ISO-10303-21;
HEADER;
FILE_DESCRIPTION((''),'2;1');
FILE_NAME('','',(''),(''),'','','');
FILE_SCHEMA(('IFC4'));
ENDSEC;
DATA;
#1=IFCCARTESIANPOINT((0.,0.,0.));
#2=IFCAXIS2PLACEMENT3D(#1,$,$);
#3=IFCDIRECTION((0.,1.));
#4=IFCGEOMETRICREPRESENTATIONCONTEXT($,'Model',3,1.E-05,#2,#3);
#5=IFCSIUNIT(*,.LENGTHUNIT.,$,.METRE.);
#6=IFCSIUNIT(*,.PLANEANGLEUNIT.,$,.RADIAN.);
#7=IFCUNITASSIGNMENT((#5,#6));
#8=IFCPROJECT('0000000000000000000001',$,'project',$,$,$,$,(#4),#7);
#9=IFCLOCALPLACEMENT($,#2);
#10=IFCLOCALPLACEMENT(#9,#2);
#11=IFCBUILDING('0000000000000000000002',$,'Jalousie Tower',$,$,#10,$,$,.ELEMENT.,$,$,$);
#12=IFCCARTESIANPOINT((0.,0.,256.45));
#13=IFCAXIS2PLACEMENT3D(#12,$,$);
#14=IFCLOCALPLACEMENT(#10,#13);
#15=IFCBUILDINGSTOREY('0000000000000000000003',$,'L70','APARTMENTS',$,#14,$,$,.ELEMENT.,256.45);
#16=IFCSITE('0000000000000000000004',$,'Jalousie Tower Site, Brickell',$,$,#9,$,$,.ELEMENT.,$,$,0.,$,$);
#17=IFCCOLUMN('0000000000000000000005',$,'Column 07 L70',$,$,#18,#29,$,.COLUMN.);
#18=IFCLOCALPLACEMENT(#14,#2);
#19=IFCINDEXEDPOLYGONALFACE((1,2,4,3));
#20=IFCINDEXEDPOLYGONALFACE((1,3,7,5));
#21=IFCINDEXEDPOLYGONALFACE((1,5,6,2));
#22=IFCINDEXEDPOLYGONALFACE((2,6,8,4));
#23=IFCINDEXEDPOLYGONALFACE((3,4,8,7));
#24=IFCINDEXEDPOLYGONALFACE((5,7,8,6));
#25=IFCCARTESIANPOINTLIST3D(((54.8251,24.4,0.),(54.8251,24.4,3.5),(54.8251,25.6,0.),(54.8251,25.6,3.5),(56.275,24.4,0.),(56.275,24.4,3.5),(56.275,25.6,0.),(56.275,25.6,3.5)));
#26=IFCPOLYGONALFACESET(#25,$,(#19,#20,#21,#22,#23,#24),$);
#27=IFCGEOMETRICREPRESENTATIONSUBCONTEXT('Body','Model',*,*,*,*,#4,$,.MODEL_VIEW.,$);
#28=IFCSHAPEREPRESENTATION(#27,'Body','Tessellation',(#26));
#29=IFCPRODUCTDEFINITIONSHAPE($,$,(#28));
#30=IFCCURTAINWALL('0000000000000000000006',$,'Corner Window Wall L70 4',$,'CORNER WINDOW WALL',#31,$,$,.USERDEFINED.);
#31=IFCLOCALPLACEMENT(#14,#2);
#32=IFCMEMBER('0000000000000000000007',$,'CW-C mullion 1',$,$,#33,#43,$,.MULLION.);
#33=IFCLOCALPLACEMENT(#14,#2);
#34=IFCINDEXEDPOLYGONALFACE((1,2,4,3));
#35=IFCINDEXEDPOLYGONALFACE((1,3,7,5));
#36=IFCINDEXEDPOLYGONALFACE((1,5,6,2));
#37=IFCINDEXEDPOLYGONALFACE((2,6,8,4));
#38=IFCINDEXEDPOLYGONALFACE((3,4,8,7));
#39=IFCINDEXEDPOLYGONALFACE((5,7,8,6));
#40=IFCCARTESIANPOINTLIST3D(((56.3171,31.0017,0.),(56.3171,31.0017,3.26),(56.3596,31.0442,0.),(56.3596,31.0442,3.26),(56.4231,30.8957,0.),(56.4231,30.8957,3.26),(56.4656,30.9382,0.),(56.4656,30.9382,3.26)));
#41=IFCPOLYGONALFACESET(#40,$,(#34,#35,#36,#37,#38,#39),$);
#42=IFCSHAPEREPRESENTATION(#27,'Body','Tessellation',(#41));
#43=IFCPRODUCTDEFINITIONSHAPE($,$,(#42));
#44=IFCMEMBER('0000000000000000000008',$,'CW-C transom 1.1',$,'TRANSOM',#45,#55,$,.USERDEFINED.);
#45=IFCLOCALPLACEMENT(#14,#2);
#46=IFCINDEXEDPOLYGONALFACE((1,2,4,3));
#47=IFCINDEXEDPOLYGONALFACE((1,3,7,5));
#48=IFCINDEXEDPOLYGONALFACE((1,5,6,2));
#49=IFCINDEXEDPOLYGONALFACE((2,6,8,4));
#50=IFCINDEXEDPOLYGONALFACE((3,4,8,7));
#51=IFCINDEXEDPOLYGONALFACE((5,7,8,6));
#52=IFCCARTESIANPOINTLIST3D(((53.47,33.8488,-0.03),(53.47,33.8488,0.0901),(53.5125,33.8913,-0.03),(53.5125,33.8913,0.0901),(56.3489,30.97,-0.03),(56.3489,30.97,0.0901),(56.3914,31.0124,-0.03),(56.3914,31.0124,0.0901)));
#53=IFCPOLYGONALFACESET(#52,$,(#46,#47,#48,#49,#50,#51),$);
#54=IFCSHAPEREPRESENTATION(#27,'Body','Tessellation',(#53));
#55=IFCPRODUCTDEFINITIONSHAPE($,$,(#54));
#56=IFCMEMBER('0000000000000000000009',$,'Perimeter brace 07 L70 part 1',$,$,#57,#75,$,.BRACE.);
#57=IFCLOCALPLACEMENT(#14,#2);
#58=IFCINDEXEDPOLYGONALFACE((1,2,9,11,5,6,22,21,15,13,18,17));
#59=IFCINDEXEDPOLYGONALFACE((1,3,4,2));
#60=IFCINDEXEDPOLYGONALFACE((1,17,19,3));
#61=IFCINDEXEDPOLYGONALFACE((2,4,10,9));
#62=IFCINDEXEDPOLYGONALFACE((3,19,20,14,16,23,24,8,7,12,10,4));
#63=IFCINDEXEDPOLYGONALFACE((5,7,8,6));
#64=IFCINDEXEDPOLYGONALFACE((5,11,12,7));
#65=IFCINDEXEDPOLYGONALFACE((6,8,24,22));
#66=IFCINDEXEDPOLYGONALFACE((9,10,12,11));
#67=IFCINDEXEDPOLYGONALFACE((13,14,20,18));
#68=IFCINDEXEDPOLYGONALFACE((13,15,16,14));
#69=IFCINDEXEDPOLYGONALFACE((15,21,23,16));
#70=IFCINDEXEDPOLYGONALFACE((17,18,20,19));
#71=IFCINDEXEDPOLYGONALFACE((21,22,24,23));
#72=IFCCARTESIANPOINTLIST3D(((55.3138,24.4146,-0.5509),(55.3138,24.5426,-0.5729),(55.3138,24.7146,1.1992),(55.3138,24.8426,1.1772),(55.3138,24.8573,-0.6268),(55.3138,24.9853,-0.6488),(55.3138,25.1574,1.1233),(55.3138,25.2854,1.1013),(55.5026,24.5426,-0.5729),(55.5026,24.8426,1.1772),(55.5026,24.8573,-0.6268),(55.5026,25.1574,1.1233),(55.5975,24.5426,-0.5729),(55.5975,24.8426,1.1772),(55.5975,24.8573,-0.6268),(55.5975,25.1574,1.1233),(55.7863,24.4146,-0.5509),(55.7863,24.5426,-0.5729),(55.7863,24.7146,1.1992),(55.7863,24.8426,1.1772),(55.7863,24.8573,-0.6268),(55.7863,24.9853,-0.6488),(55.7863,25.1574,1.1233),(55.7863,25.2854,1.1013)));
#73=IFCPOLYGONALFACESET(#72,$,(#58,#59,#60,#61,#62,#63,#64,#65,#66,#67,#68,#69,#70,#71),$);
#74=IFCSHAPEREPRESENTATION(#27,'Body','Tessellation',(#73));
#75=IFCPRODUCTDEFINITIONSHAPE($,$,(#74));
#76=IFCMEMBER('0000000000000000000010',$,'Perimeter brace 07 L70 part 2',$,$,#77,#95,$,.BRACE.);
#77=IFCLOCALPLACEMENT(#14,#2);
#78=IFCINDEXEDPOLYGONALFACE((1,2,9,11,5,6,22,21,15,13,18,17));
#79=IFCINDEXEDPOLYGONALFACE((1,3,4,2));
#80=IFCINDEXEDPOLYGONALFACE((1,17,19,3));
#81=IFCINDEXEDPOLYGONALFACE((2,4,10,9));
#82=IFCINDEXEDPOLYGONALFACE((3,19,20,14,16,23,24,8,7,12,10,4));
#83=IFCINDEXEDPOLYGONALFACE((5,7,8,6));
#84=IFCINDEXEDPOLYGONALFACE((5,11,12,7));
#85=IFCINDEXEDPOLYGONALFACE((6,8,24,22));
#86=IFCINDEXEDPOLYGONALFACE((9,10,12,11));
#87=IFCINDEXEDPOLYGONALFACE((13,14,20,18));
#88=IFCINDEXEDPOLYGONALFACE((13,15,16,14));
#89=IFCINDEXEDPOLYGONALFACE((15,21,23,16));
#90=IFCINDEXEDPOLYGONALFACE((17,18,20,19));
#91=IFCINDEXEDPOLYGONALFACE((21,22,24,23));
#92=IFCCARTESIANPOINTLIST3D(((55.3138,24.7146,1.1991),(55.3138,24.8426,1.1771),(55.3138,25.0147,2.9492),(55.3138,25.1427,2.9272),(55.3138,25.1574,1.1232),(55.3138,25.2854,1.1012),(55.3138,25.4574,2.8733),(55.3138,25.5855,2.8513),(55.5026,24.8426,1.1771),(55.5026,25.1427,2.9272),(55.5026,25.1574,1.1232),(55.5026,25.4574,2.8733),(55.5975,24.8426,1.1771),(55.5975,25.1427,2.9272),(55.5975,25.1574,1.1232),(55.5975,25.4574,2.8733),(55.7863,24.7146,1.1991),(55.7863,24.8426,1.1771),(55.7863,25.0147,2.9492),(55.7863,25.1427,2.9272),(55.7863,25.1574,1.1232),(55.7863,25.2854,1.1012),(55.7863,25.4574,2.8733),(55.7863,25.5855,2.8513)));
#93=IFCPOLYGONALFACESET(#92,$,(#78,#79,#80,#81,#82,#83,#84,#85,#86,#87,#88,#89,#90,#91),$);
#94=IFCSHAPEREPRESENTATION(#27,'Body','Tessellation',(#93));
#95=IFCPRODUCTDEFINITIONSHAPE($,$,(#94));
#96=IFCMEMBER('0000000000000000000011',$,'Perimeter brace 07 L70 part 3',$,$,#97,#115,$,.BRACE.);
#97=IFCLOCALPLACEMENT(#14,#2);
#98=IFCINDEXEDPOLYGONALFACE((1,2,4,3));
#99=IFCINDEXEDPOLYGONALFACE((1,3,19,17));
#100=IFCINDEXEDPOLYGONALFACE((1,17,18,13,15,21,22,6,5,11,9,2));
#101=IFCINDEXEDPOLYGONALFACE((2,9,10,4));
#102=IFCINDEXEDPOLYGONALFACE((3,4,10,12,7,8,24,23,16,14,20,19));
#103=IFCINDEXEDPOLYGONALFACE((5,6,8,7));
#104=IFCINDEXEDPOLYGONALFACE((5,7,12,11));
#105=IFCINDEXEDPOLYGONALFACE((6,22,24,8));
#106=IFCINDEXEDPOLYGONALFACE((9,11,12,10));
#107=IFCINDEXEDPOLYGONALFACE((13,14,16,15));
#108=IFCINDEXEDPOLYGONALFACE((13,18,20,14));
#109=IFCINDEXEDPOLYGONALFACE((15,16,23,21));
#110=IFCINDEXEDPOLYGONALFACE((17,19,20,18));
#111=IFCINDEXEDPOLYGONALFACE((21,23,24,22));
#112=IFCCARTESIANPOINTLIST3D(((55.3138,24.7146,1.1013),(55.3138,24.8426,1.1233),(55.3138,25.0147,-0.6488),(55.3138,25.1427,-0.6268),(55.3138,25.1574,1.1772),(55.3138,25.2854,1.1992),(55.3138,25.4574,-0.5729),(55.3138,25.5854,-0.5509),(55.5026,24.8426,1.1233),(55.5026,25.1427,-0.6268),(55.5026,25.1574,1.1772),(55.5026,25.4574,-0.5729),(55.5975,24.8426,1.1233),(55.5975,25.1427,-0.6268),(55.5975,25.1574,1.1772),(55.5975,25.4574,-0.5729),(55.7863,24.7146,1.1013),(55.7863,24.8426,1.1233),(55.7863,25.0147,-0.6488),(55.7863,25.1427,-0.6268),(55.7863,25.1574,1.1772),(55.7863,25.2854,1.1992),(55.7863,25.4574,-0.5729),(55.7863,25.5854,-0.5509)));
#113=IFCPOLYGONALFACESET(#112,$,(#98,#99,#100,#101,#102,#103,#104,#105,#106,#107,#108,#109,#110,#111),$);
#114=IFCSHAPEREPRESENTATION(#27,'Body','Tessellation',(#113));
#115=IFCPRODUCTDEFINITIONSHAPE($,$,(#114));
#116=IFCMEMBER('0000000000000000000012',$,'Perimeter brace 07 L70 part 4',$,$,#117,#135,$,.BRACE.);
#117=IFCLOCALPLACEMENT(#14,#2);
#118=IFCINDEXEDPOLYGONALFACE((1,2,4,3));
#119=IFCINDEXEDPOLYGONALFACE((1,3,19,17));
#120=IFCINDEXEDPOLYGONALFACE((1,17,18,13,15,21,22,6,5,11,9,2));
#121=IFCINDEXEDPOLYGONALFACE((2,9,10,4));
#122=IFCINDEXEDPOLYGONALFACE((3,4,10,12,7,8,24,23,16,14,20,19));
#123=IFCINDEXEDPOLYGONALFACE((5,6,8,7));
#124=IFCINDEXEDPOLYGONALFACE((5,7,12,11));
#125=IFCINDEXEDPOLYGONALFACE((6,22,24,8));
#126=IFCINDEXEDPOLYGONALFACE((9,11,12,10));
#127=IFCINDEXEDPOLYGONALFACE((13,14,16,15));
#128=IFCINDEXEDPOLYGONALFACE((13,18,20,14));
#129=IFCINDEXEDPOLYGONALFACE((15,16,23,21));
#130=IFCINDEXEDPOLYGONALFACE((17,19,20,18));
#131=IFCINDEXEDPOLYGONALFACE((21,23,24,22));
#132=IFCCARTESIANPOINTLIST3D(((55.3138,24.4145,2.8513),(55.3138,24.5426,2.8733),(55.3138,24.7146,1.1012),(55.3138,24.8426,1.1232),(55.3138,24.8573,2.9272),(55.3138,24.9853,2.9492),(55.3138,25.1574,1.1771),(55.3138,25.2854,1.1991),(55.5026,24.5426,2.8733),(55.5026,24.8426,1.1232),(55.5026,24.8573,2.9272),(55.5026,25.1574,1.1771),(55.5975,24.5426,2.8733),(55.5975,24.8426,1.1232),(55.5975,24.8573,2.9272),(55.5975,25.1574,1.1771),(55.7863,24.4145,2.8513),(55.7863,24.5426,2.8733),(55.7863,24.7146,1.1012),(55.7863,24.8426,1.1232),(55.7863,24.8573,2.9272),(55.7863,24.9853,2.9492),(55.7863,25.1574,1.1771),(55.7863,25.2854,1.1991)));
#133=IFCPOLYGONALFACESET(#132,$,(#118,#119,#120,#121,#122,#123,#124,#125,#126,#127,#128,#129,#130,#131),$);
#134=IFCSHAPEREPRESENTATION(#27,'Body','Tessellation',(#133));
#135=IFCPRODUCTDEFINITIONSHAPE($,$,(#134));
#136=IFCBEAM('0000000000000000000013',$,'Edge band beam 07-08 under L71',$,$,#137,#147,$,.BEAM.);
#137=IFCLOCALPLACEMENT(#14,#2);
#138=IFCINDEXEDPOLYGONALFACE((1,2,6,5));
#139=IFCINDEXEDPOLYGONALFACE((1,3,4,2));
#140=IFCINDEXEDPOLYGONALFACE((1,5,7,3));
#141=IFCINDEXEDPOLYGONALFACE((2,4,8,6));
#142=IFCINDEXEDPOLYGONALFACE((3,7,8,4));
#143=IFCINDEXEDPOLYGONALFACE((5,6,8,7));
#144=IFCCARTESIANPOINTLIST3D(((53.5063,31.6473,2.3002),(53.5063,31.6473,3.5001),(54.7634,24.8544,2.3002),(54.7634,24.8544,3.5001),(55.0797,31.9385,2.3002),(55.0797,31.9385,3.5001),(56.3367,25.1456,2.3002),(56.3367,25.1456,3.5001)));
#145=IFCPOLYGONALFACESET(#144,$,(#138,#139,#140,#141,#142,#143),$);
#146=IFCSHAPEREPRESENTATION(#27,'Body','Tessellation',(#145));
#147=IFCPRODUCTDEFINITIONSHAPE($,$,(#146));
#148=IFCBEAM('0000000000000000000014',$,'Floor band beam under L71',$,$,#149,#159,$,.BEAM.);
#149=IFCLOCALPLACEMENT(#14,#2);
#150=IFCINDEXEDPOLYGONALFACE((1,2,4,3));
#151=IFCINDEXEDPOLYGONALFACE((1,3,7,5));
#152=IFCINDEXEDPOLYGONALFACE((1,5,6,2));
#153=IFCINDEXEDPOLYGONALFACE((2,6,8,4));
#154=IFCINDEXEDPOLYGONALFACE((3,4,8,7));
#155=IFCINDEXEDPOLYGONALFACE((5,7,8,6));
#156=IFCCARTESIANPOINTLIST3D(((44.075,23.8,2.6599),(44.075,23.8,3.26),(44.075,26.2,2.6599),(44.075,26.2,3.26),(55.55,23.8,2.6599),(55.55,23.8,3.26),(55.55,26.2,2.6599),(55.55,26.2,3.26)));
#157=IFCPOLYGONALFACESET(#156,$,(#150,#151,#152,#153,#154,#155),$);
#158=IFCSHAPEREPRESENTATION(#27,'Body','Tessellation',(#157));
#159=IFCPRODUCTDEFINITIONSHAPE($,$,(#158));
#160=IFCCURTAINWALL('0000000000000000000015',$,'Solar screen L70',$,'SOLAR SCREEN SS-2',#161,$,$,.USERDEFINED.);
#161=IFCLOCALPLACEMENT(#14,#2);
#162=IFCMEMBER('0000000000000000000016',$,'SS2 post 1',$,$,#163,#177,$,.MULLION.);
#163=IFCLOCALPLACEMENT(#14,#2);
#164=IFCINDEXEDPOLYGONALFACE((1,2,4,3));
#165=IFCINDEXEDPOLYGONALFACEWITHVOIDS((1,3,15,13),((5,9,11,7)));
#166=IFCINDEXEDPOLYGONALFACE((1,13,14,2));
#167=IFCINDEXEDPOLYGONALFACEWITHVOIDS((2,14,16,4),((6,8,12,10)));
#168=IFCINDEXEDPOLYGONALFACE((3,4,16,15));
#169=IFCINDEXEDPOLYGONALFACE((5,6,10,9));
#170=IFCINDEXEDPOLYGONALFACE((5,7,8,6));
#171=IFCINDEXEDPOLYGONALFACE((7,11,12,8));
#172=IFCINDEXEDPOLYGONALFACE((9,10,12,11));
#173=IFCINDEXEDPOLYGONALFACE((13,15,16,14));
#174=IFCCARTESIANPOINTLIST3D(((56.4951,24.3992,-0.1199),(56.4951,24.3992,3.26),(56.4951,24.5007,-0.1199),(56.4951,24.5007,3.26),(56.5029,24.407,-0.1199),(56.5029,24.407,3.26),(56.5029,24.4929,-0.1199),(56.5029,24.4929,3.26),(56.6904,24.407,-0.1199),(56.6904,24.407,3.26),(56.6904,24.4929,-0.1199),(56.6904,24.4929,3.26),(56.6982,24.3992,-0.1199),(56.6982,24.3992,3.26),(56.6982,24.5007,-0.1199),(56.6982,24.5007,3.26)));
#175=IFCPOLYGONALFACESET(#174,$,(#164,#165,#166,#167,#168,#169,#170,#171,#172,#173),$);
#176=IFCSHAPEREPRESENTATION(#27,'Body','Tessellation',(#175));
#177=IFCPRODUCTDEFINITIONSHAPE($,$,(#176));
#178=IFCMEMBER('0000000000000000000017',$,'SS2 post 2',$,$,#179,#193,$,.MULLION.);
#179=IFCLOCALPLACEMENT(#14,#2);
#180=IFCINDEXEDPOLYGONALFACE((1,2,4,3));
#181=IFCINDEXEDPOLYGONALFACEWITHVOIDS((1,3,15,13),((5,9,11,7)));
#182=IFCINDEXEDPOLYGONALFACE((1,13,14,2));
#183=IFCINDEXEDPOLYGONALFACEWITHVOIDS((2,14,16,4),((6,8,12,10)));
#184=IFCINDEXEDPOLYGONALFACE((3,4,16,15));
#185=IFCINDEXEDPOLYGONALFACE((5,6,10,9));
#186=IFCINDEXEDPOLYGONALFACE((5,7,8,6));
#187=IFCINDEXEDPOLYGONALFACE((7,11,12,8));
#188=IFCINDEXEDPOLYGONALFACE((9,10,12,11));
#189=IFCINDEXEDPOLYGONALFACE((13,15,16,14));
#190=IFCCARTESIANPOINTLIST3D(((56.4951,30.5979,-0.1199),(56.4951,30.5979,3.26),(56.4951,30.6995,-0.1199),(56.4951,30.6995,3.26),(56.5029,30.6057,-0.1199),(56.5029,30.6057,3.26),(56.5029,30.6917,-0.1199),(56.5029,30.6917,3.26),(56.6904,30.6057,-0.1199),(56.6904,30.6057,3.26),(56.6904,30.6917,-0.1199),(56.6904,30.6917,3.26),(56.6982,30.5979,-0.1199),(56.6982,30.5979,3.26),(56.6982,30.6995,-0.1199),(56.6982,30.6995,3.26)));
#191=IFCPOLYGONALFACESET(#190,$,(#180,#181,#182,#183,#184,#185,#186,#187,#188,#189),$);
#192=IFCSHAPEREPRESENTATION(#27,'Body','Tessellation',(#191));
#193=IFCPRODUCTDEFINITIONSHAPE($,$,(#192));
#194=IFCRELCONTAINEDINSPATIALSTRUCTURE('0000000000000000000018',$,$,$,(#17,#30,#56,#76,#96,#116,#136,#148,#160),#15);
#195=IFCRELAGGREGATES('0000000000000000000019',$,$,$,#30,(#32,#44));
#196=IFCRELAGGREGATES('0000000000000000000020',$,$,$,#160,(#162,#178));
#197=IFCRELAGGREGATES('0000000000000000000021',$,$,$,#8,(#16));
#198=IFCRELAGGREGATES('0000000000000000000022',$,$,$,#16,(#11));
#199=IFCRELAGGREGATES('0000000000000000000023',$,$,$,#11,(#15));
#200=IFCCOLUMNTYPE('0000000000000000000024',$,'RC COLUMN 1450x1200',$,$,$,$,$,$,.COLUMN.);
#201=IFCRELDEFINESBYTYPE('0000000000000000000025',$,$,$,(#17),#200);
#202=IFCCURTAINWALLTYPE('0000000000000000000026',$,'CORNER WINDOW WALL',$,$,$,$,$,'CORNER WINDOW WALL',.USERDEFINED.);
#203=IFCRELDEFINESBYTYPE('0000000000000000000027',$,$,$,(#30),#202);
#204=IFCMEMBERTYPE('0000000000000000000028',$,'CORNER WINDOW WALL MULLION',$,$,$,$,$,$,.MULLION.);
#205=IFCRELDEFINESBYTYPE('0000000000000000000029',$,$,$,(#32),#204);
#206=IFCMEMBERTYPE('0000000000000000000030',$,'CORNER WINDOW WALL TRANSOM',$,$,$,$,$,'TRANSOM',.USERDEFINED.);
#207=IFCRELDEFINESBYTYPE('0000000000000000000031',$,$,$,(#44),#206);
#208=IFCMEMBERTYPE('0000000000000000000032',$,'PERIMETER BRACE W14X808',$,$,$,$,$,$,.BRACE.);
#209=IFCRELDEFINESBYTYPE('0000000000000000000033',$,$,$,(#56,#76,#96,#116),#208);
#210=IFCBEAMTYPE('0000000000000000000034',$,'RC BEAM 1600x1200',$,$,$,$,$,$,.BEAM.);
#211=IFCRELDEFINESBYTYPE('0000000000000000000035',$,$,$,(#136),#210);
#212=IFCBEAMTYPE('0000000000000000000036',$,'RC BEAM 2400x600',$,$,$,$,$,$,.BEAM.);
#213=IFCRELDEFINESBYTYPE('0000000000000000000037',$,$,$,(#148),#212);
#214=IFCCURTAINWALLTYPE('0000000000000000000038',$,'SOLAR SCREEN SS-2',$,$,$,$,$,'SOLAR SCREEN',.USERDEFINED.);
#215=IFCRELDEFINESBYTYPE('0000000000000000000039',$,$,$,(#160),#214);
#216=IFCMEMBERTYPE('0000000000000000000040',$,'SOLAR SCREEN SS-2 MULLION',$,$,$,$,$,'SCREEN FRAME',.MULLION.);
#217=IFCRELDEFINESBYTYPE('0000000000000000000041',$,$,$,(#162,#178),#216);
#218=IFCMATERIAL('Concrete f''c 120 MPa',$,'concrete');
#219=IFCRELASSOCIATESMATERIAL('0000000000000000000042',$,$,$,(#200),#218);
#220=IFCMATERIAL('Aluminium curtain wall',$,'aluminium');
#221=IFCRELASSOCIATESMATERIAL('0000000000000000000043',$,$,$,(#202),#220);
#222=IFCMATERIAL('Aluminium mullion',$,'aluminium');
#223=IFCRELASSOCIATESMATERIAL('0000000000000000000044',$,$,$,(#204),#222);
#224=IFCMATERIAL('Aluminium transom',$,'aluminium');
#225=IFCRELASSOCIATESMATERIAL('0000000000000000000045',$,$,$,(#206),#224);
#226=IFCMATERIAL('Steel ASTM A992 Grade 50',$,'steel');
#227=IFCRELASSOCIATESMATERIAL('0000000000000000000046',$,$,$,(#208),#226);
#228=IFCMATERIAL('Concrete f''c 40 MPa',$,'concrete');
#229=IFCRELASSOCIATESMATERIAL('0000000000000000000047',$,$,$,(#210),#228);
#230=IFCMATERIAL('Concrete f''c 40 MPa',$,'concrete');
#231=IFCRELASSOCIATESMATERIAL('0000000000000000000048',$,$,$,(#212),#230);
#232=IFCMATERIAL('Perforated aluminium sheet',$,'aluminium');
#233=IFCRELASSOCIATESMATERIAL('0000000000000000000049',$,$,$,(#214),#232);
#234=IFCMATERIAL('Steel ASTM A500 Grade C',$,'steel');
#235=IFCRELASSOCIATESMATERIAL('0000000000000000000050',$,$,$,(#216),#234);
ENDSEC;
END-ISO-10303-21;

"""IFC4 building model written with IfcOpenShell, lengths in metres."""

from ifc_helpers import new_model, si_unit, direction, frame, origin, origin_2d, place, context, subcontext, project, spatial, rectangle, hollow_rectangle, i_section, extrude, material, material_profile, profile_set, type_object, element, aggregate, save


model = new_model("IFC4")

# Units and contexts
model_context = context("Model", 3, precision=1e-05, world=origin(), true_north=direction((0.0, 1.0)))
body_context = subcontext(model_context, "Body", "Model", "MODEL_VIEW")
ifc_project = project(units=[si_unit("LENGTHUNIT", "METRE"), si_unit("PLANEANGLEUNIT", "RADIAN")], contexts=[model_context])

# Site, building, storey
site_placement = place(None, origin())
site = spatial("IfcSite", under=ifc_project, at=site_placement, Name="Jalousie Tower Site, Brickell", CompositionType="ELEMENT", RefElevation=0.0)
building_placement = place(site_placement, origin())
building = spatial("IfcBuilding", under=site, at=building_placement, Name="Jalousie Tower", CompositionType="ELEMENT")
storey_placement = place(building_placement, frame((0.0, 0.0, 256.45)))
storey = spatial("IfcBuildingStorey", under=building, at=storey_placement, Name="L70", Description="APARTMENTS", CompositionType="ELEMENT", Elevation=256.45)

# Column
ifc_material_1 = material(Name="Concrete f'c 120 MPa", Category="concrete")
ifc_material_profile_1 = material_profile(ifc_material_1, rectangle(XDim=1.45, YDim=1.2, at=origin_2d()), Name="RC 1450x1200")
ifc_profile_set_1 = profile_set([ifc_material_profile_1], Name="Concrete f'c 120 MPa")
column_type = type_object("IfcColumnType", Name="RC COLUMN 1450x1200", PredefinedType="COLUMN", material=ifc_profile_set_1)
column_placement = place(storey_placement, frame((55.55, 25.0, 0.0), z_axis=(0.0, 0.0, 1.0), x_axis=(1.0, 0.0, 0.0)))
element("IfcColumn", 1, at=column_placement, inside=storey, type_object=column_type, Name="Column 07 L70", PredefinedType="COLUMN", context=body_context, shape_type="SweptSolid", body=[
    extrude(rectangle(XDim=1.45, YDim=1.2, at=origin_2d()), origin(), (0.0, 0.0, 1.0), 3.5),
])

# Curtain wall, members
ifc_material_2 = material(Name="Aluminium curtain wall", Category="aluminium")
curtain_wall_type_1 = type_object("IfcCurtainWallType", Name="CORNER WINDOW WALL", ElementType="CORNER WINDOW WALL", PredefinedType="USERDEFINED", material=ifc_material_2)
curtain_wall_1_placement = place(storey_placement, origin())
curtain_wall_1 = element("IfcCurtainWall", 2, at=curtain_wall_1_placement, inside=storey, type_object=curtain_wall_type_1, Name="Corner Window Wall L70 4", ObjectType="CORNER WINDOW WALL", PredefinedType="USERDEFINED")
ifc_material_3 = material(Name="Aluminium mullion", Category="aluminium")
ifc_material_profile_2 = material_profile(ifc_material_3, rectangle(XDim=0.0601, YDim=0.1499, at=origin_2d()), Name="MULLION 60x150")
ifc_profile_set_2 = profile_set([ifc_material_profile_2], Name="Aluminium mullion")
member_type_1 = type_object("IfcMemberType", Name="CORNER WINDOW WALL MULLION", PredefinedType="MULLION", material=ifc_profile_set_2)
member_1_placement = place(storey_placement, frame((56.3914, 30.97, 0.0), z_axis=(0.0, 0.0, 1.0), x_axis=(-0.707107, -0.707107, 0.0)))
member_1 = element("IfcMember", 3, at=member_1_placement, type_object=member_type_1, Name="CW-C mullion 1", PredefinedType="MULLION", context=body_context, shape_type="SweptSolid", body=[
    extrude(rectangle(XDim=0.0601, YDim=0.1499, at=origin_2d()), origin(), (0.0, 0.0, 1.0), 3.26),
])
ifc_material_4 = material(Name="Aluminium transom", Category="aluminium")
ifc_material_profile_3 = material_profile(ifc_material_4, rectangle(XDim=0.0601, YDim=0.1201, at=origin_2d()), Name="TRANSOM 60x120")
ifc_profile_set_3 = profile_set([ifc_material_profile_3], Name="Aluminium transom")
member_type_2 = type_object("IfcMemberType", Name="CORNER WINDOW WALL TRANSOM", ElementType="TRANSOM", PredefinedType="USERDEFINED", material=ifc_profile_set_3)
member_2_placement = place(storey_placement, frame((56.3701, 30.9912, 0.03), z_axis=(-0.707107, 0.707107, 0.0), x_axis=(-0.707107, -0.707107, 0.0)))
member_2 = element("IfcMember", 4, at=member_2_placement, type_object=member_type_2, Name="CW-C transom 1.1", ObjectType="TRANSOM", PredefinedType="USERDEFINED", context=body_context, shape_type="SweptSolid", body=[
    extrude(rectangle(XDim=0.0601, YDim=0.1201, at=origin_2d()), origin(), (0.0, 0.0, 1.0), 4.0713),
])
aggregate(curtain_wall_1, [member_1, member_2])

# Members
ifc_material_5 = material(Name="Steel ASTM A992 Grade 50", Category="steel")
ifc_material_profile_4 = material_profile(ifc_material_5, i_section(OverallWidth=0.4724, OverallDepth=0.5791, WebThickness=0.095, FlangeThickness=0.1299, at=origin_2d()), Name="W14X808")
ifc_profile_set_4 = profile_set([ifc_material_profile_4], Name="Steel ASTM A992 Grade 50")
member_type_3 = type_object("IfcMemberType", Name="PERIMETER BRACE W14X808", PredefinedType="BRACE", material=ifc_profile_set_4)
for number, where, z_axis, x_axis, name in (
    (5, (55.55, 24.7, -0.5999), (0.0, 0.168991, 0.985618), (-1.0, 0.0, 0.0), "Perimeter brace 07 L70 part 1"),
    (6, (55.55, 25.0, 1.1501), (0.0, 0.168991, 0.985618), (-1.0, 0.0, 0.0), "Perimeter brace 07 L70 part 2"),
    (7, (55.55, 25.3, -0.5999), (0.0, -0.168991, 0.985618), (1.0, 0.0, 0.0), "Perimeter brace 07 L70 part 3"),
    (8, (55.55, 25.0, 1.1501), (0.0, -0.168991, 0.985618), (1.0, 0.0, 0.0), "Perimeter brace 07 L70 part 4"),
):
    element("IfcMember", number, at=place(storey_placement, frame(where, z_axis=z_axis, x_axis=x_axis)), inside=storey, type_object=member_type_3, Name=name, PredefinedType="BRACE", context=body_context, shape_type="SweptSolid", body=[
        extrude(i_section(OverallWidth=0.4724, OverallDepth=0.5791, WebThickness=0.095, FlangeThickness=0.1299, at=origin_2d()), origin(), (0.0, 0.0, 1.0), 1.7756),
    ])

# Beams
ifc_material_6 = material(Name="Concrete f'c 40 MPa", Category="concrete")
ifc_material_profile_5 = material_profile(ifc_material_6, rectangle(XDim=1.6001, YDim=1.2, at=origin_2d()), Name="RC 1600x1200")
ifc_profile_set_5 = profile_set([ifc_material_profile_5], Name="Concrete f'c 40 MPa")
beam_type_1 = type_object("IfcBeamType", Name="RC BEAM 1600x1200", PredefinedType="BEAM", material=ifc_profile_set_5)
beam_1_placement = place(storey_placement, frame((55.55, 25.0, 2.9001), z_axis=(-0.181967, 0.983305, 0.0), x_axis=(-0.983305, -0.181967, 0.0)))
element("IfcBeam", 9, at=beam_1_placement, inside=storey, type_object=beam_type_1, Name="Edge band beam 07-08 under L71", PredefinedType="BEAM", context=body_context, shape_type="SweptSolid", body=[
    extrude(rectangle(XDim=1.6001, YDim=1.2, at=origin_2d()), origin(), (0.0, 0.0, 1.0), 6.9082),
])
ifc_material_7 = material(Name="Concrete f'c 40 MPa", Category="concrete")
ifc_material_profile_6 = material_profile(ifc_material_7, rectangle(XDim=2.3999, YDim=0.6001, at=origin_2d()), Name="RC 2400x600")
ifc_profile_set_6 = profile_set([ifc_material_profile_6], Name="Concrete f'c 40 MPa")
beam_type_2 = type_object("IfcBeamType", Name="RC BEAM 2400x600", PredefinedType="BEAM", material=ifc_profile_set_6)
beam_2_placement = place(storey_placement, frame((55.55, 25.0, 2.96), z_axis=(-1.0, 0.0, 0.0), x_axis=(0.0, -1.0, 0.0)))
element("IfcBeam", 10, at=beam_2_placement, inside=storey, type_object=beam_type_2, Name="Floor band beam under L71", PredefinedType="BEAM", context=body_context, shape_type="SweptSolid", body=[
    extrude(rectangle(XDim=2.3999, YDim=0.6001, at=origin_2d()), origin(), (0.0, 0.0, 1.0), 11.4751),
])

# Curtain wall, members
ifc_material_8 = material(Name="Perforated aluminium sheet", Category="aluminium")
curtain_wall_type_2 = type_object("IfcCurtainWallType", Name="SOLAR SCREEN SS-2", ElementType="SOLAR SCREEN", PredefinedType="USERDEFINED", material=ifc_material_8)
curtain_wall_2_placement = place(storey_placement, origin())
curtain_wall_2 = element("IfcCurtainWall", 11, at=curtain_wall_2_placement, inside=storey, type_object=curtain_wall_type_2, Name="Solar screen L70", ObjectType="SOLAR SCREEN SS-2", PredefinedType="USERDEFINED")
ifc_material_9 = material(Name="Steel ASTM A500 Grade C", Category="steel")
ifc_material_profile_7 = material_profile(ifc_material_9, hollow_rectangle(XDim=0.1016, YDim=0.2031, WallThickness=0.0078, at=origin_2d()), Name="HSS8X4X5/16")
ifc_profile_set_7 = profile_set([ifc_material_profile_7], Name="Steel ASTM A500 Grade C")
member_type_4 = type_object("IfcMemberType", Name="SOLAR SCREEN SS-2 MULLION", ElementType="SCREEN FRAME", PredefinedType="MULLION", material=ifc_profile_set_7)
member_3_placement = place(storey_placement, frame((56.5967, 24.45, -0.1199), z_axis=(0.0, 0.0, 1.0), x_axis=(0.0, 1.0, 0.0)))
member_3 = element("IfcMember", 12, at=member_3_placement, type_object=member_type_4, Name="SS2 post 1", PredefinedType="MULLION", context=body_context, shape_type="SweptSolid", body=[
    extrude(hollow_rectangle(XDim=0.1016, YDim=0.2031, WallThickness=0.0078, at=origin_2d()), origin(), (0.0, 0.0, 1.0), 3.3799),
])
member_4_placement = place(storey_placement, frame((56.5967, 30.6487, -0.1199), z_axis=(0.0, 0.0, 1.0), x_axis=(0.0, 1.0, 0.0)))
member_4 = element("IfcMember", 13, at=member_4_placement, type_object=member_type_4, Name="SS2 post 2", PredefinedType="MULLION", context=body_context, shape_type="SweptSolid", body=[
    extrude(hollow_rectangle(XDim=0.1016, YDim=0.2031, WallThickness=0.0078, at=origin_2d()), origin(), (0.0, 0.0, 1.0), 3.3799),
])
aggregate(curtain_wall_2, [member_3, member_4])

save(model, "model.ifc")
